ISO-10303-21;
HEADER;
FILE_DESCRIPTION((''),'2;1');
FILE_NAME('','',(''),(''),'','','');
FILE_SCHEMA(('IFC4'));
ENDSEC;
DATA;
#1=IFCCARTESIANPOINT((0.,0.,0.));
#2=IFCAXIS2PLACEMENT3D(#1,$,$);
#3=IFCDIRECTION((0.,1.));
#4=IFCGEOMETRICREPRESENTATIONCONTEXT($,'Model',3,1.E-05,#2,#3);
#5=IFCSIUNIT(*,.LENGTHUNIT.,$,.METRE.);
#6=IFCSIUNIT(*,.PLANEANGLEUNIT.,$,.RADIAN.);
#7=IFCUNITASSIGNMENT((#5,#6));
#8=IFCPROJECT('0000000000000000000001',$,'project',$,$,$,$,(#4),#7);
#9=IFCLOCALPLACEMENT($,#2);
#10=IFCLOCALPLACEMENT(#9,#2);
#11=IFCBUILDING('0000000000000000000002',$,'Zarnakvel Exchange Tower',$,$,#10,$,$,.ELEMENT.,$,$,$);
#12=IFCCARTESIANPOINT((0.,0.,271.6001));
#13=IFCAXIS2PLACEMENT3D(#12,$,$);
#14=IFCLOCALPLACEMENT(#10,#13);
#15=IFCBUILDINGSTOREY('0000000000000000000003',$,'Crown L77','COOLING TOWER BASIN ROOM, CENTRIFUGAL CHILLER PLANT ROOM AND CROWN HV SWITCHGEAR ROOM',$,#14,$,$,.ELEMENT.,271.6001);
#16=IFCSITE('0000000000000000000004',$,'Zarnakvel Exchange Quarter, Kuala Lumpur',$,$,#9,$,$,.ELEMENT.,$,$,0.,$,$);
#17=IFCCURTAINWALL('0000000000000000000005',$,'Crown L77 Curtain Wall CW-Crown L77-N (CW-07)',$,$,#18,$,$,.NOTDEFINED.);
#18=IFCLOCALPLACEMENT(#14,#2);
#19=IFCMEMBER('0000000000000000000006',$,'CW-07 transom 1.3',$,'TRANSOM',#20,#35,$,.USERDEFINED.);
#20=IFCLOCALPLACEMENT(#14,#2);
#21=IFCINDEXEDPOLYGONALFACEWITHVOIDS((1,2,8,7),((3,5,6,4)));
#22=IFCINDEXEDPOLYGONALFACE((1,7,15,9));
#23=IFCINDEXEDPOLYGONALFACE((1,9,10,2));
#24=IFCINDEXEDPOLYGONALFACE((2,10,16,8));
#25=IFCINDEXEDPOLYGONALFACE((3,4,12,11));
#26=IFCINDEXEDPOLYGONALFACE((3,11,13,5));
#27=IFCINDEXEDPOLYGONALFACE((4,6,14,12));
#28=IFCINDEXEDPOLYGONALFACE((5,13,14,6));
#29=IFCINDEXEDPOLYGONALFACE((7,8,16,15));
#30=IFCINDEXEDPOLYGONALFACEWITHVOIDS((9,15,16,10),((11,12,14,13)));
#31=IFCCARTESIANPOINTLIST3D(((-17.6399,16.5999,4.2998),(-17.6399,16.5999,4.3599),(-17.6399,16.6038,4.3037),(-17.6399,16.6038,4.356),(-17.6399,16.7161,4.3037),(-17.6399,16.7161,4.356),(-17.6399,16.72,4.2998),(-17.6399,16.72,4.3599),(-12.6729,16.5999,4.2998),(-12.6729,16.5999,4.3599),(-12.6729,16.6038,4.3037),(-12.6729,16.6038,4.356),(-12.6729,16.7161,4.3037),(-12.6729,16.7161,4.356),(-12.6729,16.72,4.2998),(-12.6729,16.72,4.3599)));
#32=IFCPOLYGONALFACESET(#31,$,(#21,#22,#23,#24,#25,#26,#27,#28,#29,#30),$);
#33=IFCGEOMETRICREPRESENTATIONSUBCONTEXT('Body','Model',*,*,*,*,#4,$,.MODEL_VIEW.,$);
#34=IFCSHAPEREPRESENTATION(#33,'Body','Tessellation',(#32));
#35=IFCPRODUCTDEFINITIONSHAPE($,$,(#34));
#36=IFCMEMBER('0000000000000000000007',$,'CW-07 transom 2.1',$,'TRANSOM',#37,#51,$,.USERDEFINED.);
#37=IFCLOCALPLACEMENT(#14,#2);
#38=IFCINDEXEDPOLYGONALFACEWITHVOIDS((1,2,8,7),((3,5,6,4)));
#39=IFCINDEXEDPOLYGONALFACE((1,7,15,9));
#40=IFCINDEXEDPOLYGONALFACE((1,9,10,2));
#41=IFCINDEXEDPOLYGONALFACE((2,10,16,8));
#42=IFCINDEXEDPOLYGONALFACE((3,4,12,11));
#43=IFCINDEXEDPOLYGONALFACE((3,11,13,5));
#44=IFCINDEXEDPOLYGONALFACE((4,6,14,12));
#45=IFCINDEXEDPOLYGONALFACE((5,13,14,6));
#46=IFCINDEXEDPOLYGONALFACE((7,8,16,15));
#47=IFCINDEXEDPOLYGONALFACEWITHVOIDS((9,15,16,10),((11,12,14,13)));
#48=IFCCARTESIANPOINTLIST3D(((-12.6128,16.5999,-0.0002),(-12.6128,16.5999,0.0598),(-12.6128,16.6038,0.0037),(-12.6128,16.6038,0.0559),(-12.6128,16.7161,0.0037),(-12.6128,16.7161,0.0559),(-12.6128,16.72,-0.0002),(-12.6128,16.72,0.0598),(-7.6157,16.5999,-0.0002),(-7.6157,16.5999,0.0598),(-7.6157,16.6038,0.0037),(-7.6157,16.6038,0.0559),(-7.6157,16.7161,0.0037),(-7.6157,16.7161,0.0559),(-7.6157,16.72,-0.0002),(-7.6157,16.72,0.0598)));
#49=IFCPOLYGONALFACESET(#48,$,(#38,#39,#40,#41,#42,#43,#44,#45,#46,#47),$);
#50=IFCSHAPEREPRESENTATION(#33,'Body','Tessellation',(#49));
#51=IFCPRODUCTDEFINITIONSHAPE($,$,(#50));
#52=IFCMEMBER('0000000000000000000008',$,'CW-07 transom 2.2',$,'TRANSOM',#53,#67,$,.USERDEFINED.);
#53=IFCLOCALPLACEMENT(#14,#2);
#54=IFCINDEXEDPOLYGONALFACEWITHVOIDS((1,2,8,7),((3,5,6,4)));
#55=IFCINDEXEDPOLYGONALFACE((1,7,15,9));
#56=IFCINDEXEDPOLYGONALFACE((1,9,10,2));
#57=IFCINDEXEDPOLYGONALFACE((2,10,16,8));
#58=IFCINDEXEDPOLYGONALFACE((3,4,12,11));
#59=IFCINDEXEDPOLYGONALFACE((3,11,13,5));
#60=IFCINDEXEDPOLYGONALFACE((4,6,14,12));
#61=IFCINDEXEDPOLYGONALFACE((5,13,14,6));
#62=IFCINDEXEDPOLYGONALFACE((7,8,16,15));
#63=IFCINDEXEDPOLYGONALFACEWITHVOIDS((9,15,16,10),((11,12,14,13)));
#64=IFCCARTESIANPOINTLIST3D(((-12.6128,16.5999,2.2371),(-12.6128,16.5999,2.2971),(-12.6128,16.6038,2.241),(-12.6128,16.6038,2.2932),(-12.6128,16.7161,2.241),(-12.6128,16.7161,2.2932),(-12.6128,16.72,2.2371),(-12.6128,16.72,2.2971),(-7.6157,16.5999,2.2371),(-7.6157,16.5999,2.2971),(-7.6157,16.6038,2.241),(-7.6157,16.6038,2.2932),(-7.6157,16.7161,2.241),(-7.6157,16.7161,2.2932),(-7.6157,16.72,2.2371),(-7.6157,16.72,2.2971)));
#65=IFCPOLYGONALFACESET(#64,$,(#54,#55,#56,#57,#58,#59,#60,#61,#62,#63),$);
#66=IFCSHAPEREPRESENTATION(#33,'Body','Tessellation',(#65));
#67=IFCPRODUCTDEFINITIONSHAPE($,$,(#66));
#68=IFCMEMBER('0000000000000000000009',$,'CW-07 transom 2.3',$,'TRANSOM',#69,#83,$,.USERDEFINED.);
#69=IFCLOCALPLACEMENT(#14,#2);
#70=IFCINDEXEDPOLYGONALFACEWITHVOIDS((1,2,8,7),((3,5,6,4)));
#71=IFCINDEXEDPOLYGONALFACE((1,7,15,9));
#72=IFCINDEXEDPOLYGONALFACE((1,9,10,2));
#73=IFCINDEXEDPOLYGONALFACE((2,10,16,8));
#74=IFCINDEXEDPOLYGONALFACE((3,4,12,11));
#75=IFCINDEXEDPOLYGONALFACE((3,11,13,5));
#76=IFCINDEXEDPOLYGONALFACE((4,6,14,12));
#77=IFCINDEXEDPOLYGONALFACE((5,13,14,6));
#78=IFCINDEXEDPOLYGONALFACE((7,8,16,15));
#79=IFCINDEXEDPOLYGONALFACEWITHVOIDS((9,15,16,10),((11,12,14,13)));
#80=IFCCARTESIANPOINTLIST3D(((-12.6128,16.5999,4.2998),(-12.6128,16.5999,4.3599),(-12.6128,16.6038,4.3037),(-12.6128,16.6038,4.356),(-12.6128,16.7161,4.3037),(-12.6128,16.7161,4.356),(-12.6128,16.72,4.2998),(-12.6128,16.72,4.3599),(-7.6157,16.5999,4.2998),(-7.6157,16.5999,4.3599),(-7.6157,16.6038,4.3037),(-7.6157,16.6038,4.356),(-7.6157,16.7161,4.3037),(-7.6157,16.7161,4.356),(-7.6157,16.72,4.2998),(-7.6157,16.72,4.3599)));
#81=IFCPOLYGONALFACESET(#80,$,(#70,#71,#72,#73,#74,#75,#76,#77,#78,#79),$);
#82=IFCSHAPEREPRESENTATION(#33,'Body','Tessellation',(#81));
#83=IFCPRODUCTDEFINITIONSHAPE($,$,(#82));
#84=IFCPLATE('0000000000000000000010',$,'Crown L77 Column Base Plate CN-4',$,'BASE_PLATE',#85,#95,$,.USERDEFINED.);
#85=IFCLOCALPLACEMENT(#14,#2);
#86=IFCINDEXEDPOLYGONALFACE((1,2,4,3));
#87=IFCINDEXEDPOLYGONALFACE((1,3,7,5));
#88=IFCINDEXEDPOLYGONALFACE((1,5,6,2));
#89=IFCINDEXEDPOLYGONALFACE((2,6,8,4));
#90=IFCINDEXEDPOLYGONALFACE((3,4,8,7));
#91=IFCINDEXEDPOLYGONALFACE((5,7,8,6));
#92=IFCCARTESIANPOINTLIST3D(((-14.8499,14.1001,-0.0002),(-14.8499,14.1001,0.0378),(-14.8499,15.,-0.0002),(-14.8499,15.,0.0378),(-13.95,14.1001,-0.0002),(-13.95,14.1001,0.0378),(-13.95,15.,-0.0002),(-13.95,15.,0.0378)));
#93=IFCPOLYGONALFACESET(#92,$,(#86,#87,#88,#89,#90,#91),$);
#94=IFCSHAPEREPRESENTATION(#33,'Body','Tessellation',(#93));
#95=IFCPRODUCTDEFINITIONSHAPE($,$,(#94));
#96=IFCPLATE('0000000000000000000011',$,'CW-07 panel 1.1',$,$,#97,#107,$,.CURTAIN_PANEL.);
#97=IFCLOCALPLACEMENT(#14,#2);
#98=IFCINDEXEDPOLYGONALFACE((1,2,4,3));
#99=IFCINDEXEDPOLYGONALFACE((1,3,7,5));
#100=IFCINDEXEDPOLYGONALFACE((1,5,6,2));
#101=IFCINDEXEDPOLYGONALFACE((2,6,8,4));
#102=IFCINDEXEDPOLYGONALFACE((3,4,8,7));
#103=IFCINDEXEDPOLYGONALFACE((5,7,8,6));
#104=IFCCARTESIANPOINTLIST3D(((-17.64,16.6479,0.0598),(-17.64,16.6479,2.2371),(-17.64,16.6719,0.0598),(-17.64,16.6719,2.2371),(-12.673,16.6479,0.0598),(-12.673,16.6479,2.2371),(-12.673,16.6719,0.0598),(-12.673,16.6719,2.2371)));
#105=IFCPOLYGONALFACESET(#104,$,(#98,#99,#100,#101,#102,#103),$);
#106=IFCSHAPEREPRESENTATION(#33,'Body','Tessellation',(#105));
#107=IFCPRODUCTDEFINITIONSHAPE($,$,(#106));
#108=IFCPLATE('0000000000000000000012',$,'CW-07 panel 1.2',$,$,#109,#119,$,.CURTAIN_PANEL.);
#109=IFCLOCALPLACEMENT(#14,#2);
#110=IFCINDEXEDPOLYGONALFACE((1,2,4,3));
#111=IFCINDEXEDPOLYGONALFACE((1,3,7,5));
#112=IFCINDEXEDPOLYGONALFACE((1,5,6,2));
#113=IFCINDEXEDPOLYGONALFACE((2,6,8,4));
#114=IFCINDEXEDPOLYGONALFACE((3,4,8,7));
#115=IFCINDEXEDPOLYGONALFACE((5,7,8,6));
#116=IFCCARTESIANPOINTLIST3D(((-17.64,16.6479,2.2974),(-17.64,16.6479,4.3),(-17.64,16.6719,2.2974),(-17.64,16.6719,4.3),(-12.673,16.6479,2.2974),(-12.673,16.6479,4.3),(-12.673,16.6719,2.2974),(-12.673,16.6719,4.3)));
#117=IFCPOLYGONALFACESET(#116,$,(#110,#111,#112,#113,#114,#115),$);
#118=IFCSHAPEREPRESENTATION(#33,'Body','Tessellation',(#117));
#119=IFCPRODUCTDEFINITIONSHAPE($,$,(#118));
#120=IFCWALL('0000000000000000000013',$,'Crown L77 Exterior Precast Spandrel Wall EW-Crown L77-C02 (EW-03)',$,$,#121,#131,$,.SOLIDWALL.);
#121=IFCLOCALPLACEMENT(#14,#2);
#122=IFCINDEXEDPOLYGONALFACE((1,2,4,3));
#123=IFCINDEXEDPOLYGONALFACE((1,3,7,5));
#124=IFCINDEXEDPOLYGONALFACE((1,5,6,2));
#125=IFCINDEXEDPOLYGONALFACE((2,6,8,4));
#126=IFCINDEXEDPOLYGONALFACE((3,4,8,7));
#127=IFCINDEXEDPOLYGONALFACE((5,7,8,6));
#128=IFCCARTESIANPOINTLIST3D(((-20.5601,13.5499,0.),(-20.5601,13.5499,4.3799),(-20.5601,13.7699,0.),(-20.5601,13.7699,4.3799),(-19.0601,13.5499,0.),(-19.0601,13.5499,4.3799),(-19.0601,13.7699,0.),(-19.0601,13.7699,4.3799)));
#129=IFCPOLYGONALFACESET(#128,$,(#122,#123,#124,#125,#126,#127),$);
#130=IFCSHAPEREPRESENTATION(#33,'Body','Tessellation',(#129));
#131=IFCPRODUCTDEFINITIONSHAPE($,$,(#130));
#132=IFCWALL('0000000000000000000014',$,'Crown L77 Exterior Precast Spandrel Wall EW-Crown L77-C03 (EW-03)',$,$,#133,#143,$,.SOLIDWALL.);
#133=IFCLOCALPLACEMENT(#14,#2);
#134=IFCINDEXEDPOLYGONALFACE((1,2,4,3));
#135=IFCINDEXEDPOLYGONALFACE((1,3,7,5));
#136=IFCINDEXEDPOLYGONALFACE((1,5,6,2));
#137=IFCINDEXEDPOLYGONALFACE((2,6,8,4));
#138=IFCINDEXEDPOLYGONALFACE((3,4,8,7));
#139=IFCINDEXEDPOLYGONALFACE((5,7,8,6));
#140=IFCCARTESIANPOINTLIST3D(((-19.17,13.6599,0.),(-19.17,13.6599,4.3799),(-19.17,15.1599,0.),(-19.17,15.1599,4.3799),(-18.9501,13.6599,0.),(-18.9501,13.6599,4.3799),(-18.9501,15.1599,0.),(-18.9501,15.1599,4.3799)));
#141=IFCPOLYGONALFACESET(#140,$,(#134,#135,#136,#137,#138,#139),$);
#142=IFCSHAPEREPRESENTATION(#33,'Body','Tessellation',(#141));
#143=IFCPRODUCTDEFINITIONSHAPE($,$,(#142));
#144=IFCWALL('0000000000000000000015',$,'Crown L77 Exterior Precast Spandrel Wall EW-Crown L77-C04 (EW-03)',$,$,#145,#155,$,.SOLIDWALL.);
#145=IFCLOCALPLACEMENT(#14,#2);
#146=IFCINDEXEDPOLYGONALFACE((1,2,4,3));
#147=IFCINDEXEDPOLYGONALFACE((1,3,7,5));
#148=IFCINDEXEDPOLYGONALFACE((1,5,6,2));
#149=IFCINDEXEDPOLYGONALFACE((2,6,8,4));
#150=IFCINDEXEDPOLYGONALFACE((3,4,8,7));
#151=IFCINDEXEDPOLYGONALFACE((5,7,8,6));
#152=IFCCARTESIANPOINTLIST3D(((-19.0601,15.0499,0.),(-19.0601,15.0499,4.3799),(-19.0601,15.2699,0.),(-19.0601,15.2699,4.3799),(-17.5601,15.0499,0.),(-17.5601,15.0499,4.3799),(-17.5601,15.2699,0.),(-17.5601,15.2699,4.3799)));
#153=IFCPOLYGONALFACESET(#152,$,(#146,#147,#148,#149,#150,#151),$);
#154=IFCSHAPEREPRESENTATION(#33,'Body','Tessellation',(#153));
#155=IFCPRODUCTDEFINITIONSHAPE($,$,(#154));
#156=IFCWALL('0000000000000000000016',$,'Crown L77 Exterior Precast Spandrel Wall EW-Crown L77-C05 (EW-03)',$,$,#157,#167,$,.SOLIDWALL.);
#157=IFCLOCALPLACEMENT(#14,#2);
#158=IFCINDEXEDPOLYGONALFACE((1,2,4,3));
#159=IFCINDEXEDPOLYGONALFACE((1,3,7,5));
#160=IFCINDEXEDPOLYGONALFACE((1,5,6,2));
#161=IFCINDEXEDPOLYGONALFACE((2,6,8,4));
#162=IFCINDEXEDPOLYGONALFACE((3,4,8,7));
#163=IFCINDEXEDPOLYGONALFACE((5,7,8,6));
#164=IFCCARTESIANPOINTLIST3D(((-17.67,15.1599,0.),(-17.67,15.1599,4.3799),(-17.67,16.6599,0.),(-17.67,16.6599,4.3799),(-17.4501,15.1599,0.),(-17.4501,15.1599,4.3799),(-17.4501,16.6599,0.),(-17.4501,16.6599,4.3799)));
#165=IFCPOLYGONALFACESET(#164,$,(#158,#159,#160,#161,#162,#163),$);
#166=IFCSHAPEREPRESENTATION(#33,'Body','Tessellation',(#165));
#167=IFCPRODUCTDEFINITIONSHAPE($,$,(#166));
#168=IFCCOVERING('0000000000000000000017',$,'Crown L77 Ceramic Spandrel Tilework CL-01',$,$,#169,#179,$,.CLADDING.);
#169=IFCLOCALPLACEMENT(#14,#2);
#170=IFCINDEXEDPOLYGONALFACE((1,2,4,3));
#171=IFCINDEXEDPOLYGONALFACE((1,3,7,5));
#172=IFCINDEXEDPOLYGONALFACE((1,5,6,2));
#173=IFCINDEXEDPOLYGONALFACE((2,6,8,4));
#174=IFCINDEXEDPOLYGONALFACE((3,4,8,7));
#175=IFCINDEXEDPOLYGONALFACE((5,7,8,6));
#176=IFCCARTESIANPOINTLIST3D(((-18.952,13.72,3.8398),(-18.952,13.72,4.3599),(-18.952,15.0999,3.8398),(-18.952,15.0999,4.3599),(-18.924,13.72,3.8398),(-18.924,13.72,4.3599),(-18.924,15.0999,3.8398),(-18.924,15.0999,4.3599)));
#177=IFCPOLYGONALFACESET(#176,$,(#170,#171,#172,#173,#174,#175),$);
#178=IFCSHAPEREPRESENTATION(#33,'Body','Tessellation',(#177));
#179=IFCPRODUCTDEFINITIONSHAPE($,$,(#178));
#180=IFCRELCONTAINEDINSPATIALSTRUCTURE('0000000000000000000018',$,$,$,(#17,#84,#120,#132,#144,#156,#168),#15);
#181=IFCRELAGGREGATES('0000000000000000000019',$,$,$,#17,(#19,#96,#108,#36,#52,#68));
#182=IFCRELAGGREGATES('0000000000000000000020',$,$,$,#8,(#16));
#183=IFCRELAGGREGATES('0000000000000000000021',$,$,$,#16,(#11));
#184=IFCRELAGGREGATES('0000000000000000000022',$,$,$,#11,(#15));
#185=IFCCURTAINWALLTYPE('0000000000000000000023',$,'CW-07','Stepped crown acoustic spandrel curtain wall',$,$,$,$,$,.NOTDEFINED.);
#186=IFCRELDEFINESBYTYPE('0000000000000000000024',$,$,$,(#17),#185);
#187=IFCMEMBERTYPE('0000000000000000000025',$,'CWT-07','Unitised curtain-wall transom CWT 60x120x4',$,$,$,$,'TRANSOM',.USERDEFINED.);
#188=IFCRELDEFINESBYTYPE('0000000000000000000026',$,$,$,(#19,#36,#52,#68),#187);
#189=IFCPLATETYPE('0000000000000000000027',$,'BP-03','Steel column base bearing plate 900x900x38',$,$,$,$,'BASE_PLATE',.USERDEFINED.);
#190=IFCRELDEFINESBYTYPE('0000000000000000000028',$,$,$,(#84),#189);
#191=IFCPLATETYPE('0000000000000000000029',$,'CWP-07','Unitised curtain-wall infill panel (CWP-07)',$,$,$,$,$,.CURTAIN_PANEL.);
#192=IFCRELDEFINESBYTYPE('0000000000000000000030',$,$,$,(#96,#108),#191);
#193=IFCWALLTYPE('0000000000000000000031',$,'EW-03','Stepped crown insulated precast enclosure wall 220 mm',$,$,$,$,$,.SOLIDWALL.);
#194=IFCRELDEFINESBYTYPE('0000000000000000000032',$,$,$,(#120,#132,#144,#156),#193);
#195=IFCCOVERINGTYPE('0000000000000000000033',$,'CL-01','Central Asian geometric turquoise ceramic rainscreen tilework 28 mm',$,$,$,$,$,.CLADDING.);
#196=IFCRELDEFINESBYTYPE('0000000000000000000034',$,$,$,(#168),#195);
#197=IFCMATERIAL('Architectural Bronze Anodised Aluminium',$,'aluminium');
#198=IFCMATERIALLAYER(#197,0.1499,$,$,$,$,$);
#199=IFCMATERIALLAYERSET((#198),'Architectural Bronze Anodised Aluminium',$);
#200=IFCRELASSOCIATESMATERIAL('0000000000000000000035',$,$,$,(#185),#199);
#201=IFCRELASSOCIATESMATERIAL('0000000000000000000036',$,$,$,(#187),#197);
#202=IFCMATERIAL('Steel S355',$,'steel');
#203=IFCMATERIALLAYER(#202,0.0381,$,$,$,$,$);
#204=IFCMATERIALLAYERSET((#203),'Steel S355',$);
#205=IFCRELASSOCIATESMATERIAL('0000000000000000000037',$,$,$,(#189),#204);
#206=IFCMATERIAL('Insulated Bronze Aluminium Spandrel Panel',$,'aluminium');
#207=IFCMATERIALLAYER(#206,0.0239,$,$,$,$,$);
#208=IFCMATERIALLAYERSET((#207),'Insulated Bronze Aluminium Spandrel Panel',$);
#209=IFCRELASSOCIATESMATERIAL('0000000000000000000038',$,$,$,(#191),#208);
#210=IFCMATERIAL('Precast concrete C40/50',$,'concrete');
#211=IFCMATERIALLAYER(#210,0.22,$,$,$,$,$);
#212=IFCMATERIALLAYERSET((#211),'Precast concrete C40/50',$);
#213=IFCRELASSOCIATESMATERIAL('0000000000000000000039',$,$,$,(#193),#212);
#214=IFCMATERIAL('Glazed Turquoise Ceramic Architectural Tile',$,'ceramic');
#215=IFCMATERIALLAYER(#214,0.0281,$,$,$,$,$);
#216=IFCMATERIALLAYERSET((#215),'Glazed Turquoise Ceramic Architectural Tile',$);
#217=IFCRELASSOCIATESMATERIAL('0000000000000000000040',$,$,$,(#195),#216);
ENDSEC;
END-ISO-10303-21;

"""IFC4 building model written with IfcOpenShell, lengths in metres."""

from ifc_helpers import new_model, si_unit, direction, frame, frame_2d, origin, origin_2d, place, context, subcontext, project, spatial, rectangle, hollow_rectangle, extrude, source, transform, mapped, material, layer, layer_set, material_profile, profile_set, type_object, element, aggregate, save


model = new_model("IFC4")

# Units and contexts
model_context = context("Model", 3, precision=1e-05, world=origin(), true_north=direction((0.0, 1.0)))
body_context = subcontext(model_context, "Body", "Model", "MODEL_VIEW")
ifc_project = project(units=[si_unit("LENGTHUNIT", "METRE"), si_unit("PLANEANGLEUNIT", "RADIAN")], contexts=[model_context])

# Site, building, storey
site_placement = place(None, origin())
site = spatial("IfcSite", under=ifc_project, at=site_placement, Name="Zarnakvel Exchange Quarter, Kuala Lumpur", CompositionType="ELEMENT", RefElevation=0.0)
building_placement = place(site_placement, origin())
building = spatial("IfcBuilding", under=site, at=building_placement, Name="Zarnakvel Exchange Tower", CompositionType="ELEMENT")
storey_placement = place(building_placement, frame((0.0, 0.0, 271.6001)))
storey = spatial("IfcBuildingStorey", under=building, at=storey_placement, Name="Crown L77", Description="COOLING TOWER BASIN ROOM, CENTRIFUGAL CHILLER PLANT ROOM AND CROWN HV SWITCHGEAR ROOM", CompositionType="ELEMENT", Elevation=271.6001)

# Shared definitions
ifc_material_1 = material(Name="Steel S355", Category="steel")

# Curtain wall
ifc_material_2 = material(Name="Architectural Bronze Anodised Aluminium", Category="aluminium")
ifc_layer_1 = layer(ifc_material_2, 0.1499)
ifc_layer_set_1 = layer_set([ifc_layer_1], Name="Architectural Bronze Anodised Aluminium")
curtain_wall_type = type_object("IfcCurtainWallType", Name="CW-07", Description="Stepped crown acoustic spandrel curtain wall", PredefinedType="NOTDEFINED", material=ifc_layer_set_1)
curtain_wall_1_placement = place(storey_placement, origin())
curtain_wall_1 = element("IfcCurtainWall", 1, at=curtain_wall_1_placement, inside=storey, type_object=curtain_wall_type, Name="Crown L77 Curtain Wall CW-Crown L77-N (CW-07)", PredefinedType="NOTDEFINED")

# Members
ifc_material_profile_1 = material_profile(ifc_material_2, hollow_rectangle(XDim=0.1201, YDim=0.0601, WallThickness=0.0039, at=origin_2d()))
ifc_profile_set_1 = profile_set([ifc_material_profile_1], Name="Architectural Bronze Anodised Aluminium")
member_type_1 = type_object("IfcMemberType", Name="CWT-07", Description="Unitised curtain-wall transom CWT 60x120x4", ElementType="TRANSOM", PredefinedType="USERDEFINED", material=ifc_profile_set_1)
shared_shape_1 = source(origin(), body_context, "Body", "SweptSolid", [
    extrude(hollow_rectangle(XDim=0.1201, YDim=0.0601, WallThickness=0.0039, at=origin_2d()), origin(), (0.0, 0.0, 1.0), 4.967),
])
member_1_placement = place(storey_placement, frame((-17.6399, 16.6599, 4.3298), z_axis=(1.0, 0.0, 0.0), x_axis=(0.0, 1.0, 0.0)))
member_1 = element("IfcMember", 2, at=member_1_placement, type_object=member_type_1, Name="CW-07 transom 1.3", ObjectType="TRANSOM", PredefinedType="USERDEFINED", context=body_context, shape_type="MappedRepresentation", body=[
    mapped(shared_shape_1, transform((0.0, 0.0, 0.0), x_axis=(1.0, 0.0, 0.0), y_axis=(0.0, 1.0, 0.0), z_axis=(0.0, 0.0, 1.0), scale=1.0)),
])
shared_shape_2 = source(origin(), body_context, "Body", "SweptSolid", [
    extrude(hollow_rectangle(XDim=0.1201, YDim=0.0601, WallThickness=0.0039, at=origin_2d()), origin(), (0.0, 0.0, 1.0), 4.9971),
])
member_2_placement = place(storey_placement, frame((-12.6128, 16.6599, 0.0298), z_axis=(1.0, 0.0, 0.0), x_axis=(0.0, 1.0, 0.0)))
member_2 = element("IfcMember", 3, at=member_2_placement, type_object=member_type_1, Name="CW-07 transom 2.1", ObjectType="TRANSOM", PredefinedType="USERDEFINED", context=body_context, shape_type="MappedRepresentation", body=[
    mapped(shared_shape_2, transform((0.0, 0.0, 0.0), x_axis=(1.0, 0.0, 0.0), y_axis=(0.0, 1.0, 0.0), z_axis=(0.0, 0.0, 1.0), scale=1.0)),
])
member_3_placement = place(storey_placement, frame((-12.6128, 16.6599, 2.2671), z_axis=(1.0, 0.0, 0.0), x_axis=(0.0, 1.0, 0.0)))
member_3 = element("IfcMember", 4, at=member_3_placement, type_object=member_type_1, Name="CW-07 transom 2.2", ObjectType="TRANSOM", PredefinedType="USERDEFINED", context=body_context, shape_type="MappedRepresentation", body=[
    mapped(shared_shape_2, transform((0.0, 0.0, 0.0), x_axis=(1.0, 0.0, 0.0), y_axis=(0.0, 1.0, 0.0), z_axis=(0.0, 0.0, 1.0), scale=1.0)),
])
member_4_placement = place(storey_placement, frame((-12.6128, 16.6599, 4.3298), z_axis=(1.0, 0.0, 0.0), x_axis=(0.0, 1.0, 0.0)))
member_4 = element("IfcMember", 5, at=member_4_placement, type_object=member_type_1, Name="CW-07 transom 2.3", ObjectType="TRANSOM", PredefinedType="USERDEFINED", context=body_context, shape_type="MappedRepresentation", body=[
    mapped(shared_shape_2, transform((0.0, 0.0, 0.0), x_axis=(1.0, 0.0, 0.0), y_axis=(0.0, 1.0, 0.0), z_axis=(0.0, 0.0, 1.0), scale=1.0)),
])

# Plates
ifc_layer_2 = layer(ifc_material_1, 0.0381)
ifc_layer_set_2 = layer_set([ifc_layer_2], Name="Steel S355")
plate_type_1 = type_object("IfcPlateType", Name="BP-03", Description="Steel column base bearing plate 900x900x38", ElementType="BASE_PLATE", PredefinedType="USERDEFINED", material=ifc_layer_set_2)
shared_shape_3 = source(origin(), body_context, "Body", "SweptSolid", [
    extrude(rectangle(XDim=0.8999, YDim=0.8999, at=origin_2d()), origin(), (0.0, 0.0, 1.0), 0.0381),
])
plate_1_placement = place(storey_placement, frame((-14.3999, 14.55, -0.0002), z_axis=(0.0, 0.0, 1.0), x_axis=(1.0, 0.0, 0.0)))
element("IfcPlate", 6, at=plate_1_placement, inside=storey, type_object=plate_type_1, Name="Crown L77 Column Base Plate CN-4", ObjectType="BASE_PLATE", PredefinedType="USERDEFINED", context=body_context, shape_type="MappedRepresentation", body=[
    mapped(shared_shape_3, transform((0.0, 0.0, 0.0), x_axis=(1.0, 0.0, 0.0), y_axis=(0.0, 1.0, 0.0), z_axis=(0.0, 0.0, 1.0), scale=1.0)),
])
ifc_material_3 = material(Name="Insulated Bronze Aluminium Spandrel Panel", Category="aluminium")
ifc_layer_3 = layer(ifc_material_3, 0.0239)
ifc_layer_set_3 = layer_set([ifc_layer_3], Name="Insulated Bronze Aluminium Spandrel Panel")
plate_type_2 = type_object("IfcPlateType", Name="CWP-07", Description="Unitised curtain-wall infill panel (CWP-07)", PredefinedType="CURTAIN_PANEL", material=ifc_layer_set_3)
shared_shape_4 = source(origin(), body_context, "Body", "SweptSolid", [
    extrude(rectangle(XDim=4.967, YDim=0.0239, at=origin_2d()), origin(), (0.0, 0.0, 1.0), 2.1772),
])
plate_2_placement = place(storey_placement, frame((-15.1565, 16.6599, 0.0598), z_axis=(0.0, 0.0, 1.0), x_axis=(1.0, 0.0, 0.0)))
plate_2 = element("IfcPlate", 7, at=plate_2_placement, type_object=plate_type_2, Name="CW-07 panel 1.1", PredefinedType="CURTAIN_PANEL", context=body_context, shape_type="MappedRepresentation", body=[
    mapped(shared_shape_4, transform((0.0, 0.0, 0.0), x_axis=(1.0, 0.0, 0.0), y_axis=(0.0, 1.0, 0.0), z_axis=(0.0, 0.0, 1.0), scale=1.0)),
])
shared_shape_5 = source(origin(), body_context, "Body", "SweptSolid", [
    extrude(rectangle(XDim=4.967, YDim=0.0239, at=origin_2d()), origin(), (0.0, 0.0, 1.0), 2.0027),
])
plate_3_placement = place(storey_placement, frame((-15.1565, 16.6599, 2.2974), z_axis=(0.0, 0.0, 1.0), x_axis=(1.0, 0.0, 0.0)))
plate_3 = element("IfcPlate", 8, at=plate_3_placement, type_object=plate_type_2, Name="CW-07 panel 1.2", PredefinedType="CURTAIN_PANEL", context=body_context, shape_type="MappedRepresentation", body=[
    mapped(shared_shape_5, transform((0.0, 0.0, 0.0), x_axis=(1.0, 0.0, 0.0), y_axis=(0.0, 1.0, 0.0), z_axis=(0.0, 0.0, 1.0), scale=1.0)),
])
aggregate(curtain_wall_1, [member_1, plate_2, plate_3, member_2, member_3, member_4])

# Walls
ifc_material_4 = material(Name="Precast concrete C40/50", Category="concrete")
ifc_layer_4 = layer(ifc_material_4, 0.22)
ifc_layer_set_4 = layer_set([ifc_layer_4], Name="Precast concrete C40/50")
wall_type = type_object("IfcWallType", Name="EW-03", Description="Stepped crown insulated precast enclosure wall 220 mm", PredefinedType="SOLIDWALL", material=ifc_layer_set_4)
for number, where, z_axis, x_axis, name in (
    (9, (-19.0601, 13.6599, 0.0), (0.0, 0.0, 1.0), (-1.0, 0.0, 0.0), "Crown L77 Exterior Precast Spandrel Wall EW-Crown L77-C02 (EW-03)"),
    (10, (-19.0601, 15.1599, 0.0), (0.0, 0.0, 1.0), (0.0, -1.0, 0.0), "Crown L77 Exterior Precast Spandrel Wall EW-Crown L77-C03 (EW-03)"),
    (11, (-17.5601, 15.1599, 0.0), (0.0, 0.0, 1.0), (-1.0, 0.0, 0.0), "Crown L77 Exterior Precast Spandrel Wall EW-Crown L77-C04 (EW-03)"),
    (12, (-17.5601, 16.6599, 0.0), (0.0, 0.0, 1.0), (0.0, -1.0, 0.0), "Crown L77 Exterior Precast Spandrel Wall EW-Crown L77-C05 (EW-03)"),
):
    element("IfcWall", number, at=place(storey_placement, frame(where, z_axis=z_axis, x_axis=x_axis)), inside=storey, type_object=wall_type, Name=name, PredefinedType="SOLIDWALL", context=body_context, shape_type="SweptSolid", body=[
        extrude(rectangle(XDim=1.5, YDim=0.22, at=frame_2d((0.75, 0.0))), origin(), (0.0, 0.0, 1.0), 4.3799),
    ])

# Covering
ifc_material_5 = material(Name="Glazed Turquoise Ceramic Architectural Tile", Category="ceramic")
ifc_layer_5 = layer(ifc_material_5, 0.0281)
ifc_layer_set_5 = layer_set([ifc_layer_5], Name="Glazed Turquoise Ceramic Architectural Tile")
covering_type = type_object("IfcCoveringType", Name="CL-01", Description="Central Asian geometric turquoise ceramic rainscreen tilework 28 mm", PredefinedType="CLADDING", material=ifc_layer_set_5)
shared_shape_6 = source(origin(), body_context, "Body", "SweptSolid", [
    extrude(rectangle(XDim=1.3799, YDim=0.0281, at=origin_2d()), origin(), (0.0, 0.0, 1.0), 0.52),
])
for number, where, z_axis, x_axis, name in (
    (13, (-18.938, 14.4099, 3.8398), (0.0, 0.0, 1.0), (0.0, -1.0, 0.0), "Crown L77 Ceramic Spandrel Tilework CL-01"),
):
    element("IfcCovering", number, at=place(storey_placement, frame(where, z_axis=z_axis, x_axis=x_axis)), inside=storey, type_object=covering_type, Name=name, PredefinedType="CLADDING", context=body_context, shape_type="MappedRepresentation", body=[
        mapped(shared_shape_6, transform((0.0, 0.0, 0.0), x_axis=(1.0, 0.0, 0.0), y_axis=(0.0, 1.0, 0.0), z_axis=(0.0, 0.0, 1.0), scale=1.0)),
    ])

save(model, "model.ifc")
